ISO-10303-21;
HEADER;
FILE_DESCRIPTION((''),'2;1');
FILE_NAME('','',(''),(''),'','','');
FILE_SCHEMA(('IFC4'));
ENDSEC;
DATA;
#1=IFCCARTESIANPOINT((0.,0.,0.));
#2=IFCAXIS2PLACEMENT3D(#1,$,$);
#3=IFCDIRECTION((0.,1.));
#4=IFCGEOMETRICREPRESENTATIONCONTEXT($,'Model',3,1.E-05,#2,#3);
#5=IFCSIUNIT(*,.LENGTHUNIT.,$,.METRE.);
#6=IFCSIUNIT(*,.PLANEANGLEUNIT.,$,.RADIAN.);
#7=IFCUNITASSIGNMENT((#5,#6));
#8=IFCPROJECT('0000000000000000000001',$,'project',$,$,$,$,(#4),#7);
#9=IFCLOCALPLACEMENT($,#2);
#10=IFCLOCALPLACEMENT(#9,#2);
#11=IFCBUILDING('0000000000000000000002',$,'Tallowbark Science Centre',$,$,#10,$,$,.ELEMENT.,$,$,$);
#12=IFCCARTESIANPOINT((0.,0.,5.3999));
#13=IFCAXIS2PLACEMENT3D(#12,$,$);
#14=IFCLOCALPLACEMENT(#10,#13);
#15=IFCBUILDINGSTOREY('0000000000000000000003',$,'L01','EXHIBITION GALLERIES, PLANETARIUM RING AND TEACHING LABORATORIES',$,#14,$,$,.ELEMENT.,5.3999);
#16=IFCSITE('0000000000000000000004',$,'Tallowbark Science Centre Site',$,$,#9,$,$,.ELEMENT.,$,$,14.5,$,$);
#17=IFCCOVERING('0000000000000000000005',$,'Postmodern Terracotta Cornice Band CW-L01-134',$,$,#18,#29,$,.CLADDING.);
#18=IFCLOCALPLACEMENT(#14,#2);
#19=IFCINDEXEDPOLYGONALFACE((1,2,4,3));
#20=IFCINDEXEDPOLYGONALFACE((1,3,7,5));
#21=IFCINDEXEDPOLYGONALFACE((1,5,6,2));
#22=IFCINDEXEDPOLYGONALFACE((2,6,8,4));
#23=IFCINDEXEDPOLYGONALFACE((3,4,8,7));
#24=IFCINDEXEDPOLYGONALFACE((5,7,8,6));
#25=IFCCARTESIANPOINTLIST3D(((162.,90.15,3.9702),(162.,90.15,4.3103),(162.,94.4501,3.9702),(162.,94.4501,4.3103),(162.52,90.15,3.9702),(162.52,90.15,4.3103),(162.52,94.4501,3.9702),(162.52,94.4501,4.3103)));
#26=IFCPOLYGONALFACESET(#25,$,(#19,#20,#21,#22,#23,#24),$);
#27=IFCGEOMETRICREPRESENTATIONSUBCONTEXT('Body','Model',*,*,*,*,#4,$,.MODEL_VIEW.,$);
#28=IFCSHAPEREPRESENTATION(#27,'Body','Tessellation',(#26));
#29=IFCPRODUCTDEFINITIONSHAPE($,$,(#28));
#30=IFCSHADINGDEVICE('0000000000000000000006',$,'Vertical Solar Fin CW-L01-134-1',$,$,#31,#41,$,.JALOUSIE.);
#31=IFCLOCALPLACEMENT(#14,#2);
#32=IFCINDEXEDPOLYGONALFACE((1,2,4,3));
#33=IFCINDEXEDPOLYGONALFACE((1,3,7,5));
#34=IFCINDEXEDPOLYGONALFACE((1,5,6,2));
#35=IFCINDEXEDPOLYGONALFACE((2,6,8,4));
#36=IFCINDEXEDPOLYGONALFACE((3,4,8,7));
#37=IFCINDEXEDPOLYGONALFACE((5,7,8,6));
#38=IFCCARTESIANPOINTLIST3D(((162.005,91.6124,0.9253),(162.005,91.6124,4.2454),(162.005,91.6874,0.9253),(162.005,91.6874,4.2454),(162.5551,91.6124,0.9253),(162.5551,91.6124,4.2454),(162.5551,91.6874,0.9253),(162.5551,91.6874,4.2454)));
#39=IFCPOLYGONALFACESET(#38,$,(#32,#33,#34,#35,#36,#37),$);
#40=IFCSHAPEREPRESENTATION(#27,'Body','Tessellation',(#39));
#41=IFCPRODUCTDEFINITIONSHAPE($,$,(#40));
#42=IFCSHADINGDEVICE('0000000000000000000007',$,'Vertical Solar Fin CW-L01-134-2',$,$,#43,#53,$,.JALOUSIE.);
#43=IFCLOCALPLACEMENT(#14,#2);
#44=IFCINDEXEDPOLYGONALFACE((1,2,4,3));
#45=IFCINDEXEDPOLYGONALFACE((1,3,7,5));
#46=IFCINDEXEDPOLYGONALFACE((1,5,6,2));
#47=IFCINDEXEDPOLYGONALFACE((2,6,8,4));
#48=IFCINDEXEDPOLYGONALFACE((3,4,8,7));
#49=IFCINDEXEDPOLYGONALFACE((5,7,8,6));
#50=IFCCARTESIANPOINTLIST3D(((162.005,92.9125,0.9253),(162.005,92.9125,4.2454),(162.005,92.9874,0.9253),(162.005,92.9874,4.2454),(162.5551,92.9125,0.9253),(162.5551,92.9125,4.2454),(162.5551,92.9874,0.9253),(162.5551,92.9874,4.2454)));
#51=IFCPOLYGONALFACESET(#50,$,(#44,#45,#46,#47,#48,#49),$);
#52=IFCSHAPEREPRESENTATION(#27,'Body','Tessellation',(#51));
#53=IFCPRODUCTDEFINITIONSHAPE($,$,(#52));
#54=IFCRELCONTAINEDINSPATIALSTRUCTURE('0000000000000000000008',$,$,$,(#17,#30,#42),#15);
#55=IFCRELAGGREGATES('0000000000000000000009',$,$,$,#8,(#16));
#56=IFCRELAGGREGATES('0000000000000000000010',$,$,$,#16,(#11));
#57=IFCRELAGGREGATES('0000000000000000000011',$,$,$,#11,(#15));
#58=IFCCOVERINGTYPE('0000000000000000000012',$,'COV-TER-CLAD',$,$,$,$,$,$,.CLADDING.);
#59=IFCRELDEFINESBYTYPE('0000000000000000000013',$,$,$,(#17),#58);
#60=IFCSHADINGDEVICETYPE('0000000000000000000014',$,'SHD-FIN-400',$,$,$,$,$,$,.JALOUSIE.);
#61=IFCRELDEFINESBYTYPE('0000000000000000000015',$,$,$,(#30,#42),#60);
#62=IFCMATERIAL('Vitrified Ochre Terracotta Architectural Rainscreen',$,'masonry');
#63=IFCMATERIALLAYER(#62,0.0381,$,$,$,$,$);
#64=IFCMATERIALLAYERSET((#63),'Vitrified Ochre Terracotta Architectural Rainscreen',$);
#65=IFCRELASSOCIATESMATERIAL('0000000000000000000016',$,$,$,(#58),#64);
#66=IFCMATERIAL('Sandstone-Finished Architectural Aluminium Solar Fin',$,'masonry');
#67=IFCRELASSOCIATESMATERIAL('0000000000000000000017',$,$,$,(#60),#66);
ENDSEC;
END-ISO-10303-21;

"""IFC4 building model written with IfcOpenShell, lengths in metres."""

from ifc_helpers import new_model, si_unit, direction, frame, origin, origin_2d, place, context, subcontext, project, spatial, rectangle, extrude, material, layer, layer_set, type_object, element, save


model = new_model("IFC4")

# Units and contexts
model_context = context("Model", 3, precision=1e-05, world=origin(), true_north=direction((0.0, 1.0)))
body_context = subcontext(model_context, "Body", "Model", "MODEL_VIEW")
ifc_project = project(units=[si_unit("LENGTHUNIT", "METRE"), si_unit("PLANEANGLEUNIT", "RADIAN")], contexts=[model_context])

# Site, building, storey
site_placement = place(None, origin())
site = spatial("IfcSite", under=ifc_project, at=site_placement, Name="Tallowbark Science Centre Site", CompositionType="ELEMENT", RefElevation=14.5)
building_placement = place(site_placement, origin())
building = spatial("IfcBuilding", under=site, at=building_placement, Name="Tallowbark Science Centre", CompositionType="ELEMENT")
storey_placement = place(building_placement, frame((0.0, 0.0, 5.3999)))
storey = spatial("IfcBuildingStorey", under=building, at=storey_placement, Name="L01", Description="EXHIBITION GALLERIES, PLANETARIUM RING AND TEACHING LABORATORIES", CompositionType="ELEMENT", Elevation=5.3999)

# Covering
ifc_material_1 = material(Name="Vitrified Ochre Terracotta Architectural Rainscreen", Category="masonry")
ifc_layer_1 = layer(ifc_material_1, 0.0381)
ifc_layer_set_1 = layer_set([ifc_layer_1], Name="Vitrified Ochre Terracotta Architectural Rainscreen")
covering_type_1 = type_object("IfcCoveringType", Name="COV-TER-CLAD", PredefinedType="CLADDING", material=ifc_layer_set_1)
covering_1_placement = place(storey_placement, frame((162.26, 92.3, 3.9702), z_axis=(0.0, 0.0, 1.0), x_axis=(0.0, 1.0, 0.0)))
element("IfcCovering", 1, at=covering_1_placement, inside=storey, type_object=covering_type_1, Name="Postmodern Terracotta Cornice Band CW-L01-134", PredefinedType="CLADDING", context=body_context, shape_type="SweptSolid", body=[
    extrude(rectangle(XDim=4.3, YDim=0.52, at=origin_2d()), origin(), (0.0, 0.0, 1.0), 0.3401),
])

# Shading devices
ifc_material_2 = material(Name="Sandstone-Finished Architectural Aluminium Solar Fin", Category="masonry")
shading_device_type = type_object("IfcShadingDeviceType", Name="SHD-FIN-400", PredefinedType="JALOUSIE", material=ifc_material_2)
for number, where, z_axis, x_axis, name in (
    (2, (162.28, 91.6499, 0.9253), (0.0, 0.0, 1.0), (0.0, 1.0, 0.0), "Vertical Solar Fin CW-L01-134-1"),
    (3, (162.28, 92.95, 0.9253), (0.0, 0.0, 1.0), (0.0, 1.0, 0.0), "Vertical Solar Fin CW-L01-134-2"),
):
    element("IfcShadingDevice", number, at=place(storey_placement, frame(where, z_axis=z_axis, x_axis=x_axis)), inside=storey, type_object=shading_device_type, Name=name, PredefinedType="JALOUSIE", context=body_context, shape_type="SweptSolid", body=[
        extrude(rectangle(XDim=0.075, YDim=0.55, at=origin_2d()), origin(), (0.0, 0.0, 1.0), 3.3201),
    ])

save(model, "model.ifc")
